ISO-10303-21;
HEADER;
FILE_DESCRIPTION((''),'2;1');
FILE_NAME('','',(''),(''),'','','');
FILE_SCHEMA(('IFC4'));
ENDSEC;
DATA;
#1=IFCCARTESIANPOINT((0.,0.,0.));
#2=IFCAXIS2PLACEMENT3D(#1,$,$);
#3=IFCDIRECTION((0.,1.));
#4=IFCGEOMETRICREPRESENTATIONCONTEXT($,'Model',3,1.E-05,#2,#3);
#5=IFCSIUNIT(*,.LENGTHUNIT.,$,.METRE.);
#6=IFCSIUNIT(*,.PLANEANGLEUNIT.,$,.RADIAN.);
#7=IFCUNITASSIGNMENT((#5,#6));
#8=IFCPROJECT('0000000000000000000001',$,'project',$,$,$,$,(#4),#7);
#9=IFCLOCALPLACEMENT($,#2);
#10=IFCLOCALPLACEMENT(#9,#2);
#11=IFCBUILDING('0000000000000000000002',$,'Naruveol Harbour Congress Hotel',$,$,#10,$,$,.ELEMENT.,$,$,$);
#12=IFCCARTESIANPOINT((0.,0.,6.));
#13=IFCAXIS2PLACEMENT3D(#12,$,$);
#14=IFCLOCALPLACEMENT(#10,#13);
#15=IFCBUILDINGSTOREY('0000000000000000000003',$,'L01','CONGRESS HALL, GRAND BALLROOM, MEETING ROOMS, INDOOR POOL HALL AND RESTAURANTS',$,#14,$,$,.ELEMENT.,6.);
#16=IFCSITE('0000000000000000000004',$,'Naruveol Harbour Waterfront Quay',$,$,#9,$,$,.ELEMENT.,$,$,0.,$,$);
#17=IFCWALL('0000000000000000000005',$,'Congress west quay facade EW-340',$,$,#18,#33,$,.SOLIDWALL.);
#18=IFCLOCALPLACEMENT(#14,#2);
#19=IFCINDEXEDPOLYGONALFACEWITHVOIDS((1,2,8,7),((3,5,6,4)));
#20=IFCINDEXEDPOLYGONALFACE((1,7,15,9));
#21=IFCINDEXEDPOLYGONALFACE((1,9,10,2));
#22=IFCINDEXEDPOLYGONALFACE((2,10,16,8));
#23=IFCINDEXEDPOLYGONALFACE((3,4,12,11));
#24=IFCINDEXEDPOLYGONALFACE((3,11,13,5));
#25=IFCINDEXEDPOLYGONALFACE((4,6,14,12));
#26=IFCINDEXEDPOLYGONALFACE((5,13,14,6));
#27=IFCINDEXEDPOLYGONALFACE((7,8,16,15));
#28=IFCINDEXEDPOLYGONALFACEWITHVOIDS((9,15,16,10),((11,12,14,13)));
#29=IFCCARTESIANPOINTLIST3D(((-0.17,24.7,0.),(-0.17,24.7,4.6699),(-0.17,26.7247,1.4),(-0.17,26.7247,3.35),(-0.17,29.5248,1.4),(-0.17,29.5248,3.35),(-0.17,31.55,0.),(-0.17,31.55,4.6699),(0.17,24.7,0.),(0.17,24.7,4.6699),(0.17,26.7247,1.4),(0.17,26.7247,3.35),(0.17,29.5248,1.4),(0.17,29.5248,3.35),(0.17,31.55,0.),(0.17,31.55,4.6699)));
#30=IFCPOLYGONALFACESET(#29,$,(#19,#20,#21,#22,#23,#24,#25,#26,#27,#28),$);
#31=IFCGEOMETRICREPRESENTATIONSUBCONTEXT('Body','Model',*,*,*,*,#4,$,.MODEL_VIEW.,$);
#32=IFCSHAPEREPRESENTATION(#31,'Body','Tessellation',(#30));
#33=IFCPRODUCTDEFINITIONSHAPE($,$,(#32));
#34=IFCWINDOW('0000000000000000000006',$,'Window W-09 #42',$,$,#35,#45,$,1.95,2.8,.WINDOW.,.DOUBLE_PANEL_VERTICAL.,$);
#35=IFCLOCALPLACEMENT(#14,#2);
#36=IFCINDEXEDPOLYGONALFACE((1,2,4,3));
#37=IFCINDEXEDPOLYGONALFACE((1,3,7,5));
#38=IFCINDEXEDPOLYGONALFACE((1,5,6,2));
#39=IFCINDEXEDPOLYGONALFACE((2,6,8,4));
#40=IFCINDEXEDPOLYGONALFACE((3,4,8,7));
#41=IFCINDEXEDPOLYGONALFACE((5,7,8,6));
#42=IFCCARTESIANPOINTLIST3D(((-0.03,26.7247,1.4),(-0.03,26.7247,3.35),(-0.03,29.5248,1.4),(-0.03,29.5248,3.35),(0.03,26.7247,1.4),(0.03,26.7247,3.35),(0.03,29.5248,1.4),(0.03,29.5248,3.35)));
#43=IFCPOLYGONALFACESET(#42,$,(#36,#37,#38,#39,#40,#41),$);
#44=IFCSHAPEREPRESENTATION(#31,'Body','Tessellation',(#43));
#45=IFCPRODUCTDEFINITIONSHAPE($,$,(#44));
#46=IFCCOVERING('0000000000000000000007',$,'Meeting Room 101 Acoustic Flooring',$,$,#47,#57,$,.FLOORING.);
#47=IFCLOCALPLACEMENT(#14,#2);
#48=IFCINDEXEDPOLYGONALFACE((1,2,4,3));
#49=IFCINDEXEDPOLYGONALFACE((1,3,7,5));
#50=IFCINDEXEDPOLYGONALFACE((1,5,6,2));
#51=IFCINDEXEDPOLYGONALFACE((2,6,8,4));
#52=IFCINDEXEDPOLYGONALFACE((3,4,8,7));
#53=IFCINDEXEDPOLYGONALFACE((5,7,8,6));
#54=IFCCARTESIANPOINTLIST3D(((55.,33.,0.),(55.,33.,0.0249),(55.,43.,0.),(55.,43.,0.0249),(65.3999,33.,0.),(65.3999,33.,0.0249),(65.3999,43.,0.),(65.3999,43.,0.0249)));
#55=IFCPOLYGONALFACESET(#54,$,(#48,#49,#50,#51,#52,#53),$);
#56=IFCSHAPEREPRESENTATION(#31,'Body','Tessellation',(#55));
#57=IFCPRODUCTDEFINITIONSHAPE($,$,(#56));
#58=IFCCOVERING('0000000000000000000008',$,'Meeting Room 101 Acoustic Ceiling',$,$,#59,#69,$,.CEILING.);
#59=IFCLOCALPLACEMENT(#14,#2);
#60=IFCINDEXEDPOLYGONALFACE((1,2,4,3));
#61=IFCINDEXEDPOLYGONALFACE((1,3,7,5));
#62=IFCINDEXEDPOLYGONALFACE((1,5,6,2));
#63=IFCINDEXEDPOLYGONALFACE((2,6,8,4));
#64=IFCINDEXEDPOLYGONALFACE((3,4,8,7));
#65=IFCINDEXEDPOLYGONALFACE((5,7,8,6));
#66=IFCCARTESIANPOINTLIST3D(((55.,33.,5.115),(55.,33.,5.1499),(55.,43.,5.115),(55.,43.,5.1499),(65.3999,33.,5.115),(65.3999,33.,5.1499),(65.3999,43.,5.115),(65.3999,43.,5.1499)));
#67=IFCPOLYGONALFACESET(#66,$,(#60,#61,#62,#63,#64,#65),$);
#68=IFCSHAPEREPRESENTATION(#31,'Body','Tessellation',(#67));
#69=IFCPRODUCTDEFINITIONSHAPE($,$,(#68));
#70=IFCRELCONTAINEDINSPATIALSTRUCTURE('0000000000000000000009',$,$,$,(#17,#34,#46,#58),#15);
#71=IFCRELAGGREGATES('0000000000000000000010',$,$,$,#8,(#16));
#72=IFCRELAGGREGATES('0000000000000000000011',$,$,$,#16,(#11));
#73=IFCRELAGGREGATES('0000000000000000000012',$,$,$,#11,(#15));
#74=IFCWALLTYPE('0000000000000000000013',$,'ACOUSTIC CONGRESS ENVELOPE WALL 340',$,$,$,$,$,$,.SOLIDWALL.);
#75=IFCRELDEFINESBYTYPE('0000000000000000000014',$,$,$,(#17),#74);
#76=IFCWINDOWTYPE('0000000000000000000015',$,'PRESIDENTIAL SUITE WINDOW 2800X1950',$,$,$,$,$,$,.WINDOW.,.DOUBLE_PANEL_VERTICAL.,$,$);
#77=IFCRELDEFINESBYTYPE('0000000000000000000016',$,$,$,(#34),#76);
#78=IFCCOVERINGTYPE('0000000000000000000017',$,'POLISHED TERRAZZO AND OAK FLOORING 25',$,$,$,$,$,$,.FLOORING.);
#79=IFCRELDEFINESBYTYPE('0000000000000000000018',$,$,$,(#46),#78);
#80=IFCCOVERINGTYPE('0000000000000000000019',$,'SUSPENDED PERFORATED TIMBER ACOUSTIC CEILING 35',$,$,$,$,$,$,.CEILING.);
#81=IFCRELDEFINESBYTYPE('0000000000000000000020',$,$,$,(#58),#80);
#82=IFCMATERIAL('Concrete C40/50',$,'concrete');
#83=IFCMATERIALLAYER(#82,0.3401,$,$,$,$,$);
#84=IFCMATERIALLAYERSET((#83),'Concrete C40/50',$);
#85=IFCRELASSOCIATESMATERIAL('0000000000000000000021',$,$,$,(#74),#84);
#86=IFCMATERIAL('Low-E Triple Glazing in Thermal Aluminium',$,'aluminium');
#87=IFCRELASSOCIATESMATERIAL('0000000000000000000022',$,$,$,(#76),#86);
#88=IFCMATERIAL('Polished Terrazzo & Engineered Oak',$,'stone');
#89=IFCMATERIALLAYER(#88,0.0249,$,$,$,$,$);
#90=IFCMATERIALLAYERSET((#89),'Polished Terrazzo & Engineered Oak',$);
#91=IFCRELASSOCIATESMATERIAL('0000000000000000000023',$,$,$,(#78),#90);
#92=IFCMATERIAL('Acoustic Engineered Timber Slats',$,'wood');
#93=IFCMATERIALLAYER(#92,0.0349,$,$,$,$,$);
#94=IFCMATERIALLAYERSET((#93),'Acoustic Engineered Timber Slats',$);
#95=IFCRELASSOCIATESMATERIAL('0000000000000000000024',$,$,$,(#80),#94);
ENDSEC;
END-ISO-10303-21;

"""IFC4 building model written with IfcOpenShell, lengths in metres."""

from ifc_helpers import new_model, si_unit, direction, frame, frame_2d, origin, place, context, subcontext, project, spatial, polyline, rectangle, outline, extrude, material, layer, layer_set, type_object, element, fill, save


model = new_model("IFC4")

# Units and contexts
model_context = context("Model", 3, precision=1e-05, world=origin(), true_north=direction((0.0, 1.0)))
body_context = subcontext(model_context, "Body", "Model", "MODEL_VIEW")
ifc_project = project(units=[si_unit("LENGTHUNIT", "METRE"), si_unit("PLANEANGLEUNIT", "RADIAN")], contexts=[model_context])

# Site, building, storey
site_placement = place(None, origin())
site = spatial("IfcSite", under=ifc_project, at=site_placement, Name="Naruveol Harbour Waterfront Quay", CompositionType="ELEMENT", RefElevation=0.0)
building_placement = place(site_placement, origin())
building = spatial("IfcBuilding", under=site, at=building_placement, Name="Naruveol Harbour Congress Hotel", CompositionType="ELEMENT")
storey_placement = place(building_placement, frame((0.0, 0.0, 6.0)))
storey = spatial("IfcBuildingStorey", under=building, at=storey_placement, Name="L01", Description="CONGRESS HALL, GRAND BALLROOM, MEETING ROOMS, INDOOR POOL HALL AND RESTAURANTS", CompositionType="ELEMENT", Elevation=6.0)

# Wall, opening, window
ifc_material_1 = material(Name="Concrete C40/50", Category="concrete")
ifc_layer_1 = layer(ifc_material_1, 0.3401)
ifc_layer_set_1 = layer_set([ifc_layer_1], Name="Concrete C40/50")
wall_type = type_object("IfcWallType", Name="ACOUSTIC CONGRESS ENVELOPE WALL 340", PredefinedType="SOLIDWALL", material=ifc_layer_set_1)
wall_1_placement = place(storey_placement, frame((0.0, 24.7, 0.0), z_axis=(0.0, 0.0, 1.0), x_axis=(0.0, 1.0, 0.0)))
wall_1 = element("IfcWall", 1, at=wall_1_placement, inside=storey, type_object=wall_type, Name="Congress west quay facade EW-340", PredefinedType="SOLIDWALL", context=body_context, shape_type="SweptSolid", body=[
    extrude(rectangle(XDim=6.8501, YDim=0.3401, at=frame_2d((3.425, 0.0))), origin(), (0.0, 0.0, 1.0), 4.6699),
])
opening_1_placement = place(wall_1_placement, frame((2.0249, 0.0, 1.3999)))
opening_1 = element("IfcOpeningElement", 2, at=opening_1_placement, cuts=wall_1, PredefinedType="OPENING", context=body_context, shape_type="SweptSolid", body=[
    extrude(rectangle(XDim=2.8, YDim=1.95, at=frame_2d((1.3999, 0.9751))), frame((0.0, 0.1799, 0.0), z_axis=(0.0, -1.0, 0.0), x_axis=(1.0, 0.0, 0.0)), (0.0, 0.0, 1.0), 0.3601),
])
ifc_material_2 = material(Name="Low-E Triple Glazing in Thermal Aluminium", Category="aluminium")
window_type_1 = type_object("IfcWindowType", Name="PRESIDENTIAL SUITE WINDOW 2800X1950", PartitioningType="DOUBLE_PANEL_VERTICAL", PredefinedType="WINDOW", material=ifc_material_2)
window_1_placement = place(opening_1_placement, origin())
window_1 = element("IfcWindow", 3, at=window_1_placement, inside=storey, type_object=window_type_1, Name="Window W-09 #42", OverallHeight=1.95, OverallWidth=2.8, PartitioningType="DOUBLE_PANEL_VERTICAL", PredefinedType="WINDOW", context=body_context, shape_type="SweptSolid", body=[
    extrude(rectangle(XDim=2.8, YDim=1.95, at=frame_2d((1.3999, 0.9751))), frame((0.0, 0.03, 0.0), z_axis=(0.0, -1.0, 0.0), x_axis=(1.0, 0.0, 0.0)), (0.0, 0.0, 1.0), 0.0601),
])
fill(opening_1, window_1)

# Coverings
ifc_material_3 = material(Name="Polished Terrazzo & Engineered Oak", Category="stone")
ifc_layer_2 = layer(ifc_material_3, 0.0249)
ifc_layer_set_2 = layer_set([ifc_layer_2], Name="Polished Terrazzo & Engineered Oak")
covering_type_1 = type_object("IfcCoveringType", Name="POLISHED TERRAZZO AND OAK FLOORING 25", PredefinedType="FLOORING", material=ifc_layer_set_2)
covering_1_placement = place(storey_placement, origin())
element("IfcCovering", 4, at=covering_1_placement, inside=storey, type_object=covering_type_1, Name="Meeting Room 101 Acoustic Flooring", PredefinedType="FLOORING", context=body_context, shape_type="SweptSolid", body=[
    extrude(outline(polyline([(55.0, 33.0), (65.3999, 33.0), (65.3999, 43.0), (55.0, 43.0), (55.0, 33.0)])), origin(), (0.0, 0.0, 1.0), 0.0249),
])
ifc_material_4 = material(Name="Acoustic Engineered Timber Slats", Category="wood")
ifc_layer_3 = layer(ifc_material_4, 0.0349)
ifc_layer_set_3 = layer_set([ifc_layer_3], Name="Acoustic Engineered Timber Slats")
covering_type_2 = type_object("IfcCoveringType", Name="SUSPENDED PERFORATED TIMBER ACOUSTIC CEILING 35", PredefinedType="CEILING", material=ifc_layer_set_3)
covering_2_placement = place(storey_placement, frame((0.0, 0.0, 5.115)))
element("IfcCovering", 5, at=covering_2_placement, inside=storey, type_object=covering_type_2, Name="Meeting Room 101 Acoustic Ceiling", PredefinedType="CEILING", context=body_context, shape_type="SweptSolid", body=[
    extrude(outline(polyline([(55.0, 33.0), (65.3999, 33.0), (65.3999, 43.0), (55.0, 43.0), (55.0, 33.0)])), origin(), (0.0, 0.0, 1.0), 0.0349),
])

save(model, "model.ifc")
